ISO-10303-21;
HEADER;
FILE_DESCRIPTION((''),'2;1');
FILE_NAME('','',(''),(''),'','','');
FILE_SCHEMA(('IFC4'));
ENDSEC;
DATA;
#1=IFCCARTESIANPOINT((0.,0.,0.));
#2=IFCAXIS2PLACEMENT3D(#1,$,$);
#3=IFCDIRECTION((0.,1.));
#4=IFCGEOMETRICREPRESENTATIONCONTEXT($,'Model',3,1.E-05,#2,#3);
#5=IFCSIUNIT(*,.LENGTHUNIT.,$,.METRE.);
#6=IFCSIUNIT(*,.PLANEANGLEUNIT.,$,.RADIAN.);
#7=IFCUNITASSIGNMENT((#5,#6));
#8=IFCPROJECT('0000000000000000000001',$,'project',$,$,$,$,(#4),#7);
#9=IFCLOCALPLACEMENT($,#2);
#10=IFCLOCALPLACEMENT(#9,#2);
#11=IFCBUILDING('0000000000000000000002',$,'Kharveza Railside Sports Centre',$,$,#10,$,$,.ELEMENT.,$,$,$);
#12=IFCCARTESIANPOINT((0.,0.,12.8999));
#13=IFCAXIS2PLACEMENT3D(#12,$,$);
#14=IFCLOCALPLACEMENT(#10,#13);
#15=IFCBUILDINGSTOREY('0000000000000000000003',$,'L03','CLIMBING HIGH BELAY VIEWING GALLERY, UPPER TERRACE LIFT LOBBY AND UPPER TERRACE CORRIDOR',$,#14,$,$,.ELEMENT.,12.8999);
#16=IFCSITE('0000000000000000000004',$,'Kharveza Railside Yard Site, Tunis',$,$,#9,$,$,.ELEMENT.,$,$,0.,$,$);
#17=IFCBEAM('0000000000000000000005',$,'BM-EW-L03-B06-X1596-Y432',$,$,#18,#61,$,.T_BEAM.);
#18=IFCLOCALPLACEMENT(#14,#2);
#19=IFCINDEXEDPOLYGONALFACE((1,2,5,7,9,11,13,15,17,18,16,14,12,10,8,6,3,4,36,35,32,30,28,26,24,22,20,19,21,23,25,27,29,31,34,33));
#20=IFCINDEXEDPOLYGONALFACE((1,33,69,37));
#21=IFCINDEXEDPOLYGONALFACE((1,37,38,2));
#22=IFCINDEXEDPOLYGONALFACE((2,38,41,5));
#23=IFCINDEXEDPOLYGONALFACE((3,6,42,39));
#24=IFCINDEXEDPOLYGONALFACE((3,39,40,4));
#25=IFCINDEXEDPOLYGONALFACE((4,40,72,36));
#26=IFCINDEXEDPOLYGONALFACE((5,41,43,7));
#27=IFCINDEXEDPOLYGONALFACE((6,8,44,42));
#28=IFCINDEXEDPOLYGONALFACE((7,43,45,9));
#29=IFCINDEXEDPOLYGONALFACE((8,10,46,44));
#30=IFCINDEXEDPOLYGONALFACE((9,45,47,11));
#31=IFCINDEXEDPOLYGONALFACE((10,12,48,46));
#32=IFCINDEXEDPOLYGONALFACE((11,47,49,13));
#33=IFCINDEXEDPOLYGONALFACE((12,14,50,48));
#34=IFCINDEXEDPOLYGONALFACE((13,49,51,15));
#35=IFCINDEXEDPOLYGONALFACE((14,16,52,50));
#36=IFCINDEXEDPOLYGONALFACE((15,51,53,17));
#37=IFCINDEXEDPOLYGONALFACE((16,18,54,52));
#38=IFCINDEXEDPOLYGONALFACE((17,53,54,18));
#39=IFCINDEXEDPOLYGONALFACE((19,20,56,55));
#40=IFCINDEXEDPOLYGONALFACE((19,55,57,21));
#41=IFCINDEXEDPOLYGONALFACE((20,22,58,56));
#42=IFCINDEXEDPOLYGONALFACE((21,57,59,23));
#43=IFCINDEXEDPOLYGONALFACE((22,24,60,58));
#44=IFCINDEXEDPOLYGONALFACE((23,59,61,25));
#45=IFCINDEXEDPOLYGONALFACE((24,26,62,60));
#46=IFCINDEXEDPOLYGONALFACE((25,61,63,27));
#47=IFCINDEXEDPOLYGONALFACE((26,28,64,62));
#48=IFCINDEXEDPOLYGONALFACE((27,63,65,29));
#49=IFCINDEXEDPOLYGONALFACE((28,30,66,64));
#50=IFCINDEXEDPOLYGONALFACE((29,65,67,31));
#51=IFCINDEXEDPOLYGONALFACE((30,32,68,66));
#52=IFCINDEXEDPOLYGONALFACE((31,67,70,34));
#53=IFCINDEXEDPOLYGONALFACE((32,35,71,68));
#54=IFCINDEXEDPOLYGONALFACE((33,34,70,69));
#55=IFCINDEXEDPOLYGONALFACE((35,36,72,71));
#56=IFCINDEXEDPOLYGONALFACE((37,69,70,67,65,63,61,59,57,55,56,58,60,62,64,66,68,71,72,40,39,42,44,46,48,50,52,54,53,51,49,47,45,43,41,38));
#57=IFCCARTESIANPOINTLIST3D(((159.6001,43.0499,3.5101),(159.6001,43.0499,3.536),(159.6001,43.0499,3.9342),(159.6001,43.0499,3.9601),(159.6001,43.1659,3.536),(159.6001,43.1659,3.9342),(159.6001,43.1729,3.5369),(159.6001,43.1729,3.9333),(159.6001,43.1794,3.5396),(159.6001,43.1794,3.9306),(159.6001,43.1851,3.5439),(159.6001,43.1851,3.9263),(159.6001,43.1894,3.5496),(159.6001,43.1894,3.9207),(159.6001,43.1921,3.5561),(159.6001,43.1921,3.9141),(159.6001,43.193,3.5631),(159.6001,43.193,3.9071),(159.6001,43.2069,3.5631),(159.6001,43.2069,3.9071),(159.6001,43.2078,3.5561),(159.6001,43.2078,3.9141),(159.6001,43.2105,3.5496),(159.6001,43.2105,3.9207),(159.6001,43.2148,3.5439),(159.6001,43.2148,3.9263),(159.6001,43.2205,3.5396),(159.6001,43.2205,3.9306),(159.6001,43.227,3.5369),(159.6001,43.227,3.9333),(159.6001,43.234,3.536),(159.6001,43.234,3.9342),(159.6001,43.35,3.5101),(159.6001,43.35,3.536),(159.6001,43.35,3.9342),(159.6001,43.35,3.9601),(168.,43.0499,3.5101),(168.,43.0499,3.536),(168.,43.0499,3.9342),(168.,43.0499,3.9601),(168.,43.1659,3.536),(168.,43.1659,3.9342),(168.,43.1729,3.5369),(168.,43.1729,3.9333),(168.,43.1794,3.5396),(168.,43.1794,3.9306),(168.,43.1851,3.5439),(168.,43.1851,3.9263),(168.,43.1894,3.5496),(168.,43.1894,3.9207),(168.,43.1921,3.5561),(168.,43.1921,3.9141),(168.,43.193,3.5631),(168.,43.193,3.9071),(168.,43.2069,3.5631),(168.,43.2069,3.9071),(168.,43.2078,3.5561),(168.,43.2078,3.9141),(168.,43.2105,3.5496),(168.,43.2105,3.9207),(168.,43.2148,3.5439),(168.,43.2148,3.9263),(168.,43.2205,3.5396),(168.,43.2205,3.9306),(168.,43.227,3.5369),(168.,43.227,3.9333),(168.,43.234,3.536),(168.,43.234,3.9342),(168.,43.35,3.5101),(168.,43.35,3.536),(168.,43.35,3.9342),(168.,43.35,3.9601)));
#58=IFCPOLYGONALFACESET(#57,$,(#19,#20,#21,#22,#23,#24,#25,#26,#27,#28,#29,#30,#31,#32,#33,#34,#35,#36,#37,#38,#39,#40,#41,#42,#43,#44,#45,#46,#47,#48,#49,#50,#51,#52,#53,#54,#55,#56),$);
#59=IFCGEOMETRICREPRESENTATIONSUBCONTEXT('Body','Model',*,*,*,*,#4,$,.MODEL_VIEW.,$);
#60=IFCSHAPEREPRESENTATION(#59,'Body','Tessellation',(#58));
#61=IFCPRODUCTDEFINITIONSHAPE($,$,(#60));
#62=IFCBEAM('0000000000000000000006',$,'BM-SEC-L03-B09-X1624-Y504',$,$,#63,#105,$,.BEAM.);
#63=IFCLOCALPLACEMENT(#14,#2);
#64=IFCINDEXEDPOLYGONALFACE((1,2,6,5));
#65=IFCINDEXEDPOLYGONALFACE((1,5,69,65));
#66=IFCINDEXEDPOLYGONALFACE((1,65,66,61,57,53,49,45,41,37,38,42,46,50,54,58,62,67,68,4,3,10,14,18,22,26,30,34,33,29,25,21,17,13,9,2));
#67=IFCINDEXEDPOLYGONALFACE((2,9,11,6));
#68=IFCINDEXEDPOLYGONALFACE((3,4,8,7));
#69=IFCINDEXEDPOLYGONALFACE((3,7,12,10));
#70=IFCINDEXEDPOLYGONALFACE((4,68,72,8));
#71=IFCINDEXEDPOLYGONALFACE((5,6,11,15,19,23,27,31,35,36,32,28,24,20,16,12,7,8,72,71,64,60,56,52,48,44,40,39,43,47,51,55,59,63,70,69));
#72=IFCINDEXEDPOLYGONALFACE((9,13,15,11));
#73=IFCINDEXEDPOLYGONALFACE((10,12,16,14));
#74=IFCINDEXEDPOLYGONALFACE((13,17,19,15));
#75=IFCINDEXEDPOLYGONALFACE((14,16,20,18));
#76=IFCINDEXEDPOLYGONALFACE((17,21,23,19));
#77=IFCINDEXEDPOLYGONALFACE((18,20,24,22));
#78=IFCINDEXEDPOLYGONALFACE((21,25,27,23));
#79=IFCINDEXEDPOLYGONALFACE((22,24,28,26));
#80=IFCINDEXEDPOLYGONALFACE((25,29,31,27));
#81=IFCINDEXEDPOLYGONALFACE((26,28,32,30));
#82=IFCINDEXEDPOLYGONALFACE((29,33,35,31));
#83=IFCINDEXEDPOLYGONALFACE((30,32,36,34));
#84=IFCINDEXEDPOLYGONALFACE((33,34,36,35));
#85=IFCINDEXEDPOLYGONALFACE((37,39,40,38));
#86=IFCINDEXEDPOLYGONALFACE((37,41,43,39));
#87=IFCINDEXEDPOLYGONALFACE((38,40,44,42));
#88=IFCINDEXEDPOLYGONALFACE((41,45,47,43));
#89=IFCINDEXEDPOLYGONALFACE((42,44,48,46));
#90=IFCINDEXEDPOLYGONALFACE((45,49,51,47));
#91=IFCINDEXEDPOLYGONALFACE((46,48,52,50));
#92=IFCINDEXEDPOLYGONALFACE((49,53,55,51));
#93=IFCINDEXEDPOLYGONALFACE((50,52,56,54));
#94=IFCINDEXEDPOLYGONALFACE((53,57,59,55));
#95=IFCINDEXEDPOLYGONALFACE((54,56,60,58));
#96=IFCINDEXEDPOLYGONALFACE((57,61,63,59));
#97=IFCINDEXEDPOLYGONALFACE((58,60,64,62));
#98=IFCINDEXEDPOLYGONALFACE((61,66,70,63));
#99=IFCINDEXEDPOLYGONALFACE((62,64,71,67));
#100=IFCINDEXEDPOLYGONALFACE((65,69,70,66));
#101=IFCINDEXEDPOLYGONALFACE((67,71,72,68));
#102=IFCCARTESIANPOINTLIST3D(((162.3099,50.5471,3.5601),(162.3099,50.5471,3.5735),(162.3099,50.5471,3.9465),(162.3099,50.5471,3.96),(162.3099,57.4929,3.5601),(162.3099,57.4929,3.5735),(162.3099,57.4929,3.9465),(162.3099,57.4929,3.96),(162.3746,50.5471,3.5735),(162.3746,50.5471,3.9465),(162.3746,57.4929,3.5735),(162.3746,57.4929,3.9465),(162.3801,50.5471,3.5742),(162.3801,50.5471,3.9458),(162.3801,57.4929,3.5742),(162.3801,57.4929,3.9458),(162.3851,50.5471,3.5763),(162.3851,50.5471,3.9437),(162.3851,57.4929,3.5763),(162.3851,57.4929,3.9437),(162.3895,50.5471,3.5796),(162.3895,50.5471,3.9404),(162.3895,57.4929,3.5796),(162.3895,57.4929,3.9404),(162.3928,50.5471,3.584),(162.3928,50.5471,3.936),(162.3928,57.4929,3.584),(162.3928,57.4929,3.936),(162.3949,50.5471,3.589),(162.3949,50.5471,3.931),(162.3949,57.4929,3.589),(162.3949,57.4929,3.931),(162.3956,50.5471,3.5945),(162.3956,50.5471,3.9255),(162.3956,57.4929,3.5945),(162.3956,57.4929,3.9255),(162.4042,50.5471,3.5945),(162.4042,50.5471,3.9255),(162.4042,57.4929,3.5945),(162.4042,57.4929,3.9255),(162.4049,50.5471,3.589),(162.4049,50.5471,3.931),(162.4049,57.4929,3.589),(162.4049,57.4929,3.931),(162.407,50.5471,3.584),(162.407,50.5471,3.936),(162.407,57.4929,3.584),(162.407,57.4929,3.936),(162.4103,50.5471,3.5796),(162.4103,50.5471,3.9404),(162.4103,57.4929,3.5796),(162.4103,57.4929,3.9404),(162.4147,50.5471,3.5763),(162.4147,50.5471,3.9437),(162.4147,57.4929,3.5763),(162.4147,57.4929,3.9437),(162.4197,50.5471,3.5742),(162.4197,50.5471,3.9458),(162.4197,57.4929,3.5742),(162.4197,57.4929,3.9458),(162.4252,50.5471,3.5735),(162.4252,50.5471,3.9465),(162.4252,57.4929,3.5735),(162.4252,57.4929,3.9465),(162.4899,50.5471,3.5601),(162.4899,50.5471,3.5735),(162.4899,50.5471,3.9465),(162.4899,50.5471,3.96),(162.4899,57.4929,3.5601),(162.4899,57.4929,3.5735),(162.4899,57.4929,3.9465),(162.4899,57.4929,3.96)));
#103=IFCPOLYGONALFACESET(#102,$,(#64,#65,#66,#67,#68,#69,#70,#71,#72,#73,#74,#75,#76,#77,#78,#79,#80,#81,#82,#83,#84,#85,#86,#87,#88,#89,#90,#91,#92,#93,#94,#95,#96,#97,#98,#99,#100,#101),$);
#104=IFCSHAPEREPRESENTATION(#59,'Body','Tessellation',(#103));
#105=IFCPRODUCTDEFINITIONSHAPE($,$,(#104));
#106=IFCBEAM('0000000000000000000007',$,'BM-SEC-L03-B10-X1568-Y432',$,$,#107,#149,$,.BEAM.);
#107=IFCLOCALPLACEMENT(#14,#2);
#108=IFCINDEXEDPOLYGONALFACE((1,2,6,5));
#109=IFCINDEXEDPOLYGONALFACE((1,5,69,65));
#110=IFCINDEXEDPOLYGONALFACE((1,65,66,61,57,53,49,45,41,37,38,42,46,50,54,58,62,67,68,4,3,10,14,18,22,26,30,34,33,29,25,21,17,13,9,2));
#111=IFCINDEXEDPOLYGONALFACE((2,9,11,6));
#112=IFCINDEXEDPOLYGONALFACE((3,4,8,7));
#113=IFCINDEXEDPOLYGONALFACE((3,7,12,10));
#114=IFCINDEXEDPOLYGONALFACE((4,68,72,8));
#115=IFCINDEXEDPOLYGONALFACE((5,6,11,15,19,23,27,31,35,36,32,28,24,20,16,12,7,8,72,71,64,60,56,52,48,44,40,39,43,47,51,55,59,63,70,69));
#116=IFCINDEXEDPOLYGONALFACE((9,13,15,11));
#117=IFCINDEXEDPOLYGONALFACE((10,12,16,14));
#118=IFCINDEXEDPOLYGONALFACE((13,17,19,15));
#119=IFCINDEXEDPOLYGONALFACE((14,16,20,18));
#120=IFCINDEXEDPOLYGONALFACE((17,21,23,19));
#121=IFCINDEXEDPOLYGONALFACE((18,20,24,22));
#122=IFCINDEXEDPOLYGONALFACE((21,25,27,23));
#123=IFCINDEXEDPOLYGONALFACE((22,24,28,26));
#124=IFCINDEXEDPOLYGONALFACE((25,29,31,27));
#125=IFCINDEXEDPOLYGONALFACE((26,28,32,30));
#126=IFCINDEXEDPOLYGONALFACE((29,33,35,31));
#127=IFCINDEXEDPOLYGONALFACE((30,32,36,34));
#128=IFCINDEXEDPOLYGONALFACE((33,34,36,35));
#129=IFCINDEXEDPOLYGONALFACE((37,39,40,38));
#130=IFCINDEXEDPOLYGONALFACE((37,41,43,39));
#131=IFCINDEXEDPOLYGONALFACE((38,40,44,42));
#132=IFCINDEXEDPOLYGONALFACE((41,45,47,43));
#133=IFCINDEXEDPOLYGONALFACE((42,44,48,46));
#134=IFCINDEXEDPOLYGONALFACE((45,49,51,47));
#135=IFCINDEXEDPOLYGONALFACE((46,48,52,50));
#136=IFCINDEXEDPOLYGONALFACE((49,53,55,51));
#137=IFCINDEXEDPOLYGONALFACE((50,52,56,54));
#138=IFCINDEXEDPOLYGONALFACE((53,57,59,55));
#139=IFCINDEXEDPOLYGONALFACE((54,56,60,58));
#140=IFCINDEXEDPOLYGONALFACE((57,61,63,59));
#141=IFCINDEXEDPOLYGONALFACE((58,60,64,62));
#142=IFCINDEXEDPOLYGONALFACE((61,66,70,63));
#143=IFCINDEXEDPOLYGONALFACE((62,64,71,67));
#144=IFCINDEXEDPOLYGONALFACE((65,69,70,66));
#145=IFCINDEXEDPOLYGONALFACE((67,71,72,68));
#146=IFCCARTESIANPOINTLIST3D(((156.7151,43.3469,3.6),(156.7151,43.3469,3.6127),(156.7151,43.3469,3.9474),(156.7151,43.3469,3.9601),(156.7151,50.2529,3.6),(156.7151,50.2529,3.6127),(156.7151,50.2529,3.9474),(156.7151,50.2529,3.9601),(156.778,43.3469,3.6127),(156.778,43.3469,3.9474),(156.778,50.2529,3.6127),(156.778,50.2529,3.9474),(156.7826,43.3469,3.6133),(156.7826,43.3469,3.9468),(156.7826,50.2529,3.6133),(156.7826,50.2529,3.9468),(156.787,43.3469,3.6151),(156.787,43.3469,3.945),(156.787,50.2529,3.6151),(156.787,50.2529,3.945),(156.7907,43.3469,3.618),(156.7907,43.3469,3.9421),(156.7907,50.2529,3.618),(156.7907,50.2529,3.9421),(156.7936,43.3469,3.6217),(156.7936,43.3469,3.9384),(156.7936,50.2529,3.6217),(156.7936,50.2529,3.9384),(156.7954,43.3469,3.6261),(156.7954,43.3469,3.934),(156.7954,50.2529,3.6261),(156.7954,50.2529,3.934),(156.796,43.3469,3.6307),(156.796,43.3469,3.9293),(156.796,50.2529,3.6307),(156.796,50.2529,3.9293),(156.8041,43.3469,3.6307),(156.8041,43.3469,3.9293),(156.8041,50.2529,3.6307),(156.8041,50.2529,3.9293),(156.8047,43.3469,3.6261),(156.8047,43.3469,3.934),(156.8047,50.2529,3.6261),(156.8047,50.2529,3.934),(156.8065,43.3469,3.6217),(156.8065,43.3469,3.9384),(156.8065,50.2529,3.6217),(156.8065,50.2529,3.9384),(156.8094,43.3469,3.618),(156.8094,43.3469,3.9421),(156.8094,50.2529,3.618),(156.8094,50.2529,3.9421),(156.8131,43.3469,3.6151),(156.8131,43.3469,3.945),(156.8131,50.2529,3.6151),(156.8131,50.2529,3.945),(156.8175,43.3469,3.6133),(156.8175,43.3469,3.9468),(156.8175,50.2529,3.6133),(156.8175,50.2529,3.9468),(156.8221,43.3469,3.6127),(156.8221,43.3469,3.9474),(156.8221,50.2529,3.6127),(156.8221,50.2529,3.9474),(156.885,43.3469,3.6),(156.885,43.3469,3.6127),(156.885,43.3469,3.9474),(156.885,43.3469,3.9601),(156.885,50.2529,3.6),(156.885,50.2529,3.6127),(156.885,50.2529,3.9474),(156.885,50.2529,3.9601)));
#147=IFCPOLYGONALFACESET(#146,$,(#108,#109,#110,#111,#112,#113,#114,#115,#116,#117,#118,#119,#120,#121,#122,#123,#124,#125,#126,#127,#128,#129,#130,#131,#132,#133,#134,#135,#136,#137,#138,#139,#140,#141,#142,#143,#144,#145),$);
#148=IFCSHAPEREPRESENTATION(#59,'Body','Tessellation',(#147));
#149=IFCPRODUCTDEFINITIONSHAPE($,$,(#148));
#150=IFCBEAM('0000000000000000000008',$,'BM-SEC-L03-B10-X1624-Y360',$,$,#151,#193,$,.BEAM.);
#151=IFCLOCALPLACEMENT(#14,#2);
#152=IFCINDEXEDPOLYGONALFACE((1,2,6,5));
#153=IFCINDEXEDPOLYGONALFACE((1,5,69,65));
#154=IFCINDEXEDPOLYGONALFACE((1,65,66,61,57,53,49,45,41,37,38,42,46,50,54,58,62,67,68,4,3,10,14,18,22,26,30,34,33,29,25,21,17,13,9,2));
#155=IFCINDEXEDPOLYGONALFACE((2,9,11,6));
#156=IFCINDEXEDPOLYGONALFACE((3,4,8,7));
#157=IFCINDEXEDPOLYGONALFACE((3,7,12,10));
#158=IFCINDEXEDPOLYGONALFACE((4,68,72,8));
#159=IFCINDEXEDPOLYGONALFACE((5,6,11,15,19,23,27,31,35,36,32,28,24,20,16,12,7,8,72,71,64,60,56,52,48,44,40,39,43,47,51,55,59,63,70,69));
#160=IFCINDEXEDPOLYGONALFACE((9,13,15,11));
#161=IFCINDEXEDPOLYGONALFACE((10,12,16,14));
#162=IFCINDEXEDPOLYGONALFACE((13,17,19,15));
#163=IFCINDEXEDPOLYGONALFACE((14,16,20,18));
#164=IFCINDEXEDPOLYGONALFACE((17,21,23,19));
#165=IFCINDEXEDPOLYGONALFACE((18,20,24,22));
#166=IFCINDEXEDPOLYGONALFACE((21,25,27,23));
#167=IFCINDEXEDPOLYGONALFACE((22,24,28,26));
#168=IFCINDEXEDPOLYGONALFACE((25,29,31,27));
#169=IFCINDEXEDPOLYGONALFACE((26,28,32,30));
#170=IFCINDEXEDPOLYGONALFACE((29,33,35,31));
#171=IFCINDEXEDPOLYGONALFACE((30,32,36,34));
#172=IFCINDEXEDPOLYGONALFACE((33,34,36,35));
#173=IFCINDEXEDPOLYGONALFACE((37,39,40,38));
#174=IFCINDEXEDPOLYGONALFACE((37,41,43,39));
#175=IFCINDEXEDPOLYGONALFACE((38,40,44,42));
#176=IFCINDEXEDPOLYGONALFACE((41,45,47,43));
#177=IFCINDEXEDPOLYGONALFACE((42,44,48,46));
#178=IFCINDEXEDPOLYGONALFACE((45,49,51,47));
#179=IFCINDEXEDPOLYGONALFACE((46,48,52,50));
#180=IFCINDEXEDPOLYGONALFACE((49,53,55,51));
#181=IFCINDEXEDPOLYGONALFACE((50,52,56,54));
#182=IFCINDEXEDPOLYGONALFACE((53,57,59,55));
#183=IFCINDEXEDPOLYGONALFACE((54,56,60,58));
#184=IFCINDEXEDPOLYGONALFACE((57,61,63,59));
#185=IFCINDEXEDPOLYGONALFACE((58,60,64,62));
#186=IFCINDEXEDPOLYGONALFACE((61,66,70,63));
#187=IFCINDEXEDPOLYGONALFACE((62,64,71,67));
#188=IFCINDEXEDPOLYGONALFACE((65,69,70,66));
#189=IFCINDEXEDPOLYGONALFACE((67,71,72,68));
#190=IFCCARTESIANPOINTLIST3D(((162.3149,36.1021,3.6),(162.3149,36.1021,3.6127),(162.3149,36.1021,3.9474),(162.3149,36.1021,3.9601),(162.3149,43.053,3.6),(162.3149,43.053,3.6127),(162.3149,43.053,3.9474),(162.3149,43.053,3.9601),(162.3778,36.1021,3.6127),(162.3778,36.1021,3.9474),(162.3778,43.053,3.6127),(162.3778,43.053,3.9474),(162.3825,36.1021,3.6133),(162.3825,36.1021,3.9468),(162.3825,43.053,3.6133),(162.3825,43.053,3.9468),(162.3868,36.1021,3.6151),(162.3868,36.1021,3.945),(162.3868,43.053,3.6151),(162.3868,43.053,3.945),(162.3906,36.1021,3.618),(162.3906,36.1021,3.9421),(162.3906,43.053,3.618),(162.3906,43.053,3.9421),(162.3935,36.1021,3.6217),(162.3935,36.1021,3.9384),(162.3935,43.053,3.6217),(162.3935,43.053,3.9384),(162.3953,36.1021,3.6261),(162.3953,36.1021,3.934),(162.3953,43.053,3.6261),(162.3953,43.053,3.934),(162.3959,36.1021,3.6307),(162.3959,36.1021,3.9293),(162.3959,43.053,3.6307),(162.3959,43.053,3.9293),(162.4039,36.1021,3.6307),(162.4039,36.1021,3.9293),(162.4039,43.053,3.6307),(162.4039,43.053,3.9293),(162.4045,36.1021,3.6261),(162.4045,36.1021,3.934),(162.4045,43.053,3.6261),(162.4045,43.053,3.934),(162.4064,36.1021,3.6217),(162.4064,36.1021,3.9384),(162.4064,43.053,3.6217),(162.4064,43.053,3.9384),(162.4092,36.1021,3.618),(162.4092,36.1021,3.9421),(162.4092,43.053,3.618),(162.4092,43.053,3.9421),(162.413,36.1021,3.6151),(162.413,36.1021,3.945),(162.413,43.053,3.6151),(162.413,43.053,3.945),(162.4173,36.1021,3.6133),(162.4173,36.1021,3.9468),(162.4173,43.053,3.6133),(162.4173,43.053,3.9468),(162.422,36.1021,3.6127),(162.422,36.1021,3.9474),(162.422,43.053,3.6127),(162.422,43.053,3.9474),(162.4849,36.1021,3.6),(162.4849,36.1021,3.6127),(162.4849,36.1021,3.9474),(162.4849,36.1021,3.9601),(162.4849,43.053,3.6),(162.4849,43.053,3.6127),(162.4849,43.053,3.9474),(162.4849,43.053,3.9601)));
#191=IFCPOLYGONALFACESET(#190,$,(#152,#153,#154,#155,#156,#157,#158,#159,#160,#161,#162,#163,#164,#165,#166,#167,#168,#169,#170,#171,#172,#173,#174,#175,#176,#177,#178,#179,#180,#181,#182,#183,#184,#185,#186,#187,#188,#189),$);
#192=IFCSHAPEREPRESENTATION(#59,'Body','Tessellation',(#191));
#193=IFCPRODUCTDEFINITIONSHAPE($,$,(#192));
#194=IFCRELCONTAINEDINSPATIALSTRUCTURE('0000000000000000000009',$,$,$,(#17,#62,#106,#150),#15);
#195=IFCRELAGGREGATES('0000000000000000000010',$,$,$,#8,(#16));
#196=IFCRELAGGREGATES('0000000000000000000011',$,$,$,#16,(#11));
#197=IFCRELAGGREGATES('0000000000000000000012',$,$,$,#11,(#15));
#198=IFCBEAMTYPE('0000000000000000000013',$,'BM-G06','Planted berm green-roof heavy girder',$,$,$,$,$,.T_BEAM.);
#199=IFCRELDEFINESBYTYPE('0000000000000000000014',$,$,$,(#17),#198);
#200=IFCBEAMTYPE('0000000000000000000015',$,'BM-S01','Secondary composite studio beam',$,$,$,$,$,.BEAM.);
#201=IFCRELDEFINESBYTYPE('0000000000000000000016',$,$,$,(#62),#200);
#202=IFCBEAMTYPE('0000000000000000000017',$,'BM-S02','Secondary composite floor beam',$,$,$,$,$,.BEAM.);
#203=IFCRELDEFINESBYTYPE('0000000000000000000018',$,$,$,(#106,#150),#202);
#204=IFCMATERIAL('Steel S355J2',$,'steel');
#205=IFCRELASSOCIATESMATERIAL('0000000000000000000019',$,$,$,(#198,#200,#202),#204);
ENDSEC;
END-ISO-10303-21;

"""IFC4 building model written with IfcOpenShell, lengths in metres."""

from ifc_helpers import new_model, si_unit, direction, frame, origin, origin_2d, place, context, subcontext, project, spatial, i_section, extrude, material, material_profile, profile_set, type_object, element, save


model = new_model("IFC4")

# Units and contexts
model_context = context("Model", 3, precision=1e-05, world=origin(), true_north=direction((0.0, 1.0)))
body_context = subcontext(model_context, "Body", "Model", "MODEL_VIEW")
ifc_project = project(units=[si_unit("LENGTHUNIT", "METRE"), si_unit("PLANEANGLEUNIT", "RADIAN")], contexts=[model_context])

# Site, building, storey
site_placement = place(None, origin())
site = spatial("IfcSite", under=ifc_project, at=site_placement, Name="Kharveza Railside Yard Site, Tunis", CompositionType="ELEMENT", RefElevation=0.0)
building_placement = place(site_placement, origin())
building = spatial("IfcBuilding", under=site, at=building_placement, Name="Kharveza Railside Sports Centre", CompositionType="ELEMENT")
storey_placement = place(building_placement, frame((0.0, 0.0, 12.8999)))
storey = spatial("IfcBuildingStorey", under=building, at=storey_placement, Name="L03", Description="CLIMBING HIGH BELAY VIEWING GALLERY, UPPER TERRACE LIFT LOBBY AND UPPER TERRACE CORRIDOR", CompositionType="ELEMENT", Elevation=12.8999)

# Shared definitions
ifc_material_1 = material(Name="Steel S355J2", Category="steel")

# Beams
ifc_material_profile_1 = material_profile(ifc_material_1, i_section(OverallWidth=0.3, OverallDepth=0.45, WebThickness=0.0139, FlangeThickness=0.0259, FilletRadius=0.0271, at=origin_2d()), Name="HEB 450")
ifc_profile_set_1 = profile_set([ifc_material_profile_1], Name="Steel S355J2")
beam_type_1 = type_object("IfcBeamType", Name="BM-G06", Description="Planted berm green-roof heavy girder", PredefinedType="T_BEAM", material=ifc_profile_set_1)
beam_1_placement = place(storey_placement, frame((159.6001, 43.2, 3.7351), z_axis=(1.0, 0.0, 0.0), x_axis=(0.0, 1.0, 0.0)))
element("IfcBeam", 1, at=beam_1_placement, inside=storey, type_object=beam_type_1, Name="BM-EW-L03-B06-X1596-Y432", PredefinedType="T_BEAM", context=body_context, shape_type="SweptSolid", body=[
    extrude(i_section(OverallWidth=0.3, OverallDepth=0.45, WebThickness=0.0139, FlangeThickness=0.0259, FilletRadius=0.0271, at=origin_2d()), origin(), (0.0, 0.0, 1.0), 8.3999),
])
ifc_material_profile_2 = material_profile(ifc_material_1, i_section(OverallWidth=0.1799, OverallDepth=0.3999, WebThickness=0.0085, FlangeThickness=0.0134, FilletRadius=0.021, at=origin_2d()), Name="IPE 400")
ifc_profile_set_2 = profile_set([ifc_material_profile_2], Name="Steel S355J2")
beam_type_2 = type_object("IfcBeamType", Name="BM-S01", Description="Secondary composite studio beam", PredefinedType="BEAM", material=ifc_profile_set_2)
beam_2_placement = place(storey_placement, frame((162.3999, 50.5471, 3.76), z_axis=(0.0, 1.0, 0.0), x_axis=(-1.0, 0.0, 0.0)))
element("IfcBeam", 2, at=beam_2_placement, inside=storey, type_object=beam_type_2, Name="BM-SEC-L03-B09-X1624-Y504", PredefinedType="BEAM", context=body_context, shape_type="SweptSolid", body=[
    extrude(i_section(OverallWidth=0.1799, OverallDepth=0.3999, WebThickness=0.0085, FlangeThickness=0.0134, FilletRadius=0.021, at=origin_2d()), origin(), (0.0, 0.0, 1.0), 6.9458),
])
ifc_material_profile_3 = material_profile(ifc_material_1, i_section(OverallWidth=0.1699, OverallDepth=0.3601, WebThickness=0.0081, FlangeThickness=0.0127, FilletRadius=0.0181, at=origin_2d()), Name="IPE 360")
ifc_profile_set_3 = profile_set([ifc_material_profile_3], Name="Steel S355J2")
beam_type_3 = type_object("IfcBeamType", Name="BM-S02", Description="Secondary composite floor beam", PredefinedType="BEAM", material=ifc_profile_set_3)
beam_3_placement = place(storey_placement, frame((156.8, 43.3469, 3.78), z_axis=(0.0, 1.0, 0.0), x_axis=(-1.0, 0.0, 0.0)))
element("IfcBeam", 3, at=beam_3_placement, inside=storey, type_object=beam_type_3, Name="BM-SEC-L03-B10-X1568-Y432", PredefinedType="BEAM", context=body_context, shape_type="SweptSolid", body=[
    extrude(i_section(OverallWidth=0.1699, OverallDepth=0.3601, WebThickness=0.0081, FlangeThickness=0.0127, FilletRadius=0.0181, at=origin_2d()), origin(), (0.0, 0.0, 1.0), 6.906),
])
beam_4_placement = place(storey_placement, frame((162.3999, 36.1021, 3.78), z_axis=(0.0, 1.0, 0.0), x_axis=(-1.0, 0.0, 0.0)))
element("IfcBeam", 4, at=beam_4_placement, inside=storey, type_object=beam_type_3, Name="BM-SEC-L03-B10-X1624-Y360", PredefinedType="BEAM", context=body_context, shape_type="SweptSolid", body=[
    extrude(i_section(OverallWidth=0.1699, OverallDepth=0.3601, WebThickness=0.0081, FlangeThickness=0.0127, FilletRadius=0.0181, at=origin_2d()), origin(), (0.0, 0.0, 1.0), 6.9509),
])

save(model, "model.ifc")
